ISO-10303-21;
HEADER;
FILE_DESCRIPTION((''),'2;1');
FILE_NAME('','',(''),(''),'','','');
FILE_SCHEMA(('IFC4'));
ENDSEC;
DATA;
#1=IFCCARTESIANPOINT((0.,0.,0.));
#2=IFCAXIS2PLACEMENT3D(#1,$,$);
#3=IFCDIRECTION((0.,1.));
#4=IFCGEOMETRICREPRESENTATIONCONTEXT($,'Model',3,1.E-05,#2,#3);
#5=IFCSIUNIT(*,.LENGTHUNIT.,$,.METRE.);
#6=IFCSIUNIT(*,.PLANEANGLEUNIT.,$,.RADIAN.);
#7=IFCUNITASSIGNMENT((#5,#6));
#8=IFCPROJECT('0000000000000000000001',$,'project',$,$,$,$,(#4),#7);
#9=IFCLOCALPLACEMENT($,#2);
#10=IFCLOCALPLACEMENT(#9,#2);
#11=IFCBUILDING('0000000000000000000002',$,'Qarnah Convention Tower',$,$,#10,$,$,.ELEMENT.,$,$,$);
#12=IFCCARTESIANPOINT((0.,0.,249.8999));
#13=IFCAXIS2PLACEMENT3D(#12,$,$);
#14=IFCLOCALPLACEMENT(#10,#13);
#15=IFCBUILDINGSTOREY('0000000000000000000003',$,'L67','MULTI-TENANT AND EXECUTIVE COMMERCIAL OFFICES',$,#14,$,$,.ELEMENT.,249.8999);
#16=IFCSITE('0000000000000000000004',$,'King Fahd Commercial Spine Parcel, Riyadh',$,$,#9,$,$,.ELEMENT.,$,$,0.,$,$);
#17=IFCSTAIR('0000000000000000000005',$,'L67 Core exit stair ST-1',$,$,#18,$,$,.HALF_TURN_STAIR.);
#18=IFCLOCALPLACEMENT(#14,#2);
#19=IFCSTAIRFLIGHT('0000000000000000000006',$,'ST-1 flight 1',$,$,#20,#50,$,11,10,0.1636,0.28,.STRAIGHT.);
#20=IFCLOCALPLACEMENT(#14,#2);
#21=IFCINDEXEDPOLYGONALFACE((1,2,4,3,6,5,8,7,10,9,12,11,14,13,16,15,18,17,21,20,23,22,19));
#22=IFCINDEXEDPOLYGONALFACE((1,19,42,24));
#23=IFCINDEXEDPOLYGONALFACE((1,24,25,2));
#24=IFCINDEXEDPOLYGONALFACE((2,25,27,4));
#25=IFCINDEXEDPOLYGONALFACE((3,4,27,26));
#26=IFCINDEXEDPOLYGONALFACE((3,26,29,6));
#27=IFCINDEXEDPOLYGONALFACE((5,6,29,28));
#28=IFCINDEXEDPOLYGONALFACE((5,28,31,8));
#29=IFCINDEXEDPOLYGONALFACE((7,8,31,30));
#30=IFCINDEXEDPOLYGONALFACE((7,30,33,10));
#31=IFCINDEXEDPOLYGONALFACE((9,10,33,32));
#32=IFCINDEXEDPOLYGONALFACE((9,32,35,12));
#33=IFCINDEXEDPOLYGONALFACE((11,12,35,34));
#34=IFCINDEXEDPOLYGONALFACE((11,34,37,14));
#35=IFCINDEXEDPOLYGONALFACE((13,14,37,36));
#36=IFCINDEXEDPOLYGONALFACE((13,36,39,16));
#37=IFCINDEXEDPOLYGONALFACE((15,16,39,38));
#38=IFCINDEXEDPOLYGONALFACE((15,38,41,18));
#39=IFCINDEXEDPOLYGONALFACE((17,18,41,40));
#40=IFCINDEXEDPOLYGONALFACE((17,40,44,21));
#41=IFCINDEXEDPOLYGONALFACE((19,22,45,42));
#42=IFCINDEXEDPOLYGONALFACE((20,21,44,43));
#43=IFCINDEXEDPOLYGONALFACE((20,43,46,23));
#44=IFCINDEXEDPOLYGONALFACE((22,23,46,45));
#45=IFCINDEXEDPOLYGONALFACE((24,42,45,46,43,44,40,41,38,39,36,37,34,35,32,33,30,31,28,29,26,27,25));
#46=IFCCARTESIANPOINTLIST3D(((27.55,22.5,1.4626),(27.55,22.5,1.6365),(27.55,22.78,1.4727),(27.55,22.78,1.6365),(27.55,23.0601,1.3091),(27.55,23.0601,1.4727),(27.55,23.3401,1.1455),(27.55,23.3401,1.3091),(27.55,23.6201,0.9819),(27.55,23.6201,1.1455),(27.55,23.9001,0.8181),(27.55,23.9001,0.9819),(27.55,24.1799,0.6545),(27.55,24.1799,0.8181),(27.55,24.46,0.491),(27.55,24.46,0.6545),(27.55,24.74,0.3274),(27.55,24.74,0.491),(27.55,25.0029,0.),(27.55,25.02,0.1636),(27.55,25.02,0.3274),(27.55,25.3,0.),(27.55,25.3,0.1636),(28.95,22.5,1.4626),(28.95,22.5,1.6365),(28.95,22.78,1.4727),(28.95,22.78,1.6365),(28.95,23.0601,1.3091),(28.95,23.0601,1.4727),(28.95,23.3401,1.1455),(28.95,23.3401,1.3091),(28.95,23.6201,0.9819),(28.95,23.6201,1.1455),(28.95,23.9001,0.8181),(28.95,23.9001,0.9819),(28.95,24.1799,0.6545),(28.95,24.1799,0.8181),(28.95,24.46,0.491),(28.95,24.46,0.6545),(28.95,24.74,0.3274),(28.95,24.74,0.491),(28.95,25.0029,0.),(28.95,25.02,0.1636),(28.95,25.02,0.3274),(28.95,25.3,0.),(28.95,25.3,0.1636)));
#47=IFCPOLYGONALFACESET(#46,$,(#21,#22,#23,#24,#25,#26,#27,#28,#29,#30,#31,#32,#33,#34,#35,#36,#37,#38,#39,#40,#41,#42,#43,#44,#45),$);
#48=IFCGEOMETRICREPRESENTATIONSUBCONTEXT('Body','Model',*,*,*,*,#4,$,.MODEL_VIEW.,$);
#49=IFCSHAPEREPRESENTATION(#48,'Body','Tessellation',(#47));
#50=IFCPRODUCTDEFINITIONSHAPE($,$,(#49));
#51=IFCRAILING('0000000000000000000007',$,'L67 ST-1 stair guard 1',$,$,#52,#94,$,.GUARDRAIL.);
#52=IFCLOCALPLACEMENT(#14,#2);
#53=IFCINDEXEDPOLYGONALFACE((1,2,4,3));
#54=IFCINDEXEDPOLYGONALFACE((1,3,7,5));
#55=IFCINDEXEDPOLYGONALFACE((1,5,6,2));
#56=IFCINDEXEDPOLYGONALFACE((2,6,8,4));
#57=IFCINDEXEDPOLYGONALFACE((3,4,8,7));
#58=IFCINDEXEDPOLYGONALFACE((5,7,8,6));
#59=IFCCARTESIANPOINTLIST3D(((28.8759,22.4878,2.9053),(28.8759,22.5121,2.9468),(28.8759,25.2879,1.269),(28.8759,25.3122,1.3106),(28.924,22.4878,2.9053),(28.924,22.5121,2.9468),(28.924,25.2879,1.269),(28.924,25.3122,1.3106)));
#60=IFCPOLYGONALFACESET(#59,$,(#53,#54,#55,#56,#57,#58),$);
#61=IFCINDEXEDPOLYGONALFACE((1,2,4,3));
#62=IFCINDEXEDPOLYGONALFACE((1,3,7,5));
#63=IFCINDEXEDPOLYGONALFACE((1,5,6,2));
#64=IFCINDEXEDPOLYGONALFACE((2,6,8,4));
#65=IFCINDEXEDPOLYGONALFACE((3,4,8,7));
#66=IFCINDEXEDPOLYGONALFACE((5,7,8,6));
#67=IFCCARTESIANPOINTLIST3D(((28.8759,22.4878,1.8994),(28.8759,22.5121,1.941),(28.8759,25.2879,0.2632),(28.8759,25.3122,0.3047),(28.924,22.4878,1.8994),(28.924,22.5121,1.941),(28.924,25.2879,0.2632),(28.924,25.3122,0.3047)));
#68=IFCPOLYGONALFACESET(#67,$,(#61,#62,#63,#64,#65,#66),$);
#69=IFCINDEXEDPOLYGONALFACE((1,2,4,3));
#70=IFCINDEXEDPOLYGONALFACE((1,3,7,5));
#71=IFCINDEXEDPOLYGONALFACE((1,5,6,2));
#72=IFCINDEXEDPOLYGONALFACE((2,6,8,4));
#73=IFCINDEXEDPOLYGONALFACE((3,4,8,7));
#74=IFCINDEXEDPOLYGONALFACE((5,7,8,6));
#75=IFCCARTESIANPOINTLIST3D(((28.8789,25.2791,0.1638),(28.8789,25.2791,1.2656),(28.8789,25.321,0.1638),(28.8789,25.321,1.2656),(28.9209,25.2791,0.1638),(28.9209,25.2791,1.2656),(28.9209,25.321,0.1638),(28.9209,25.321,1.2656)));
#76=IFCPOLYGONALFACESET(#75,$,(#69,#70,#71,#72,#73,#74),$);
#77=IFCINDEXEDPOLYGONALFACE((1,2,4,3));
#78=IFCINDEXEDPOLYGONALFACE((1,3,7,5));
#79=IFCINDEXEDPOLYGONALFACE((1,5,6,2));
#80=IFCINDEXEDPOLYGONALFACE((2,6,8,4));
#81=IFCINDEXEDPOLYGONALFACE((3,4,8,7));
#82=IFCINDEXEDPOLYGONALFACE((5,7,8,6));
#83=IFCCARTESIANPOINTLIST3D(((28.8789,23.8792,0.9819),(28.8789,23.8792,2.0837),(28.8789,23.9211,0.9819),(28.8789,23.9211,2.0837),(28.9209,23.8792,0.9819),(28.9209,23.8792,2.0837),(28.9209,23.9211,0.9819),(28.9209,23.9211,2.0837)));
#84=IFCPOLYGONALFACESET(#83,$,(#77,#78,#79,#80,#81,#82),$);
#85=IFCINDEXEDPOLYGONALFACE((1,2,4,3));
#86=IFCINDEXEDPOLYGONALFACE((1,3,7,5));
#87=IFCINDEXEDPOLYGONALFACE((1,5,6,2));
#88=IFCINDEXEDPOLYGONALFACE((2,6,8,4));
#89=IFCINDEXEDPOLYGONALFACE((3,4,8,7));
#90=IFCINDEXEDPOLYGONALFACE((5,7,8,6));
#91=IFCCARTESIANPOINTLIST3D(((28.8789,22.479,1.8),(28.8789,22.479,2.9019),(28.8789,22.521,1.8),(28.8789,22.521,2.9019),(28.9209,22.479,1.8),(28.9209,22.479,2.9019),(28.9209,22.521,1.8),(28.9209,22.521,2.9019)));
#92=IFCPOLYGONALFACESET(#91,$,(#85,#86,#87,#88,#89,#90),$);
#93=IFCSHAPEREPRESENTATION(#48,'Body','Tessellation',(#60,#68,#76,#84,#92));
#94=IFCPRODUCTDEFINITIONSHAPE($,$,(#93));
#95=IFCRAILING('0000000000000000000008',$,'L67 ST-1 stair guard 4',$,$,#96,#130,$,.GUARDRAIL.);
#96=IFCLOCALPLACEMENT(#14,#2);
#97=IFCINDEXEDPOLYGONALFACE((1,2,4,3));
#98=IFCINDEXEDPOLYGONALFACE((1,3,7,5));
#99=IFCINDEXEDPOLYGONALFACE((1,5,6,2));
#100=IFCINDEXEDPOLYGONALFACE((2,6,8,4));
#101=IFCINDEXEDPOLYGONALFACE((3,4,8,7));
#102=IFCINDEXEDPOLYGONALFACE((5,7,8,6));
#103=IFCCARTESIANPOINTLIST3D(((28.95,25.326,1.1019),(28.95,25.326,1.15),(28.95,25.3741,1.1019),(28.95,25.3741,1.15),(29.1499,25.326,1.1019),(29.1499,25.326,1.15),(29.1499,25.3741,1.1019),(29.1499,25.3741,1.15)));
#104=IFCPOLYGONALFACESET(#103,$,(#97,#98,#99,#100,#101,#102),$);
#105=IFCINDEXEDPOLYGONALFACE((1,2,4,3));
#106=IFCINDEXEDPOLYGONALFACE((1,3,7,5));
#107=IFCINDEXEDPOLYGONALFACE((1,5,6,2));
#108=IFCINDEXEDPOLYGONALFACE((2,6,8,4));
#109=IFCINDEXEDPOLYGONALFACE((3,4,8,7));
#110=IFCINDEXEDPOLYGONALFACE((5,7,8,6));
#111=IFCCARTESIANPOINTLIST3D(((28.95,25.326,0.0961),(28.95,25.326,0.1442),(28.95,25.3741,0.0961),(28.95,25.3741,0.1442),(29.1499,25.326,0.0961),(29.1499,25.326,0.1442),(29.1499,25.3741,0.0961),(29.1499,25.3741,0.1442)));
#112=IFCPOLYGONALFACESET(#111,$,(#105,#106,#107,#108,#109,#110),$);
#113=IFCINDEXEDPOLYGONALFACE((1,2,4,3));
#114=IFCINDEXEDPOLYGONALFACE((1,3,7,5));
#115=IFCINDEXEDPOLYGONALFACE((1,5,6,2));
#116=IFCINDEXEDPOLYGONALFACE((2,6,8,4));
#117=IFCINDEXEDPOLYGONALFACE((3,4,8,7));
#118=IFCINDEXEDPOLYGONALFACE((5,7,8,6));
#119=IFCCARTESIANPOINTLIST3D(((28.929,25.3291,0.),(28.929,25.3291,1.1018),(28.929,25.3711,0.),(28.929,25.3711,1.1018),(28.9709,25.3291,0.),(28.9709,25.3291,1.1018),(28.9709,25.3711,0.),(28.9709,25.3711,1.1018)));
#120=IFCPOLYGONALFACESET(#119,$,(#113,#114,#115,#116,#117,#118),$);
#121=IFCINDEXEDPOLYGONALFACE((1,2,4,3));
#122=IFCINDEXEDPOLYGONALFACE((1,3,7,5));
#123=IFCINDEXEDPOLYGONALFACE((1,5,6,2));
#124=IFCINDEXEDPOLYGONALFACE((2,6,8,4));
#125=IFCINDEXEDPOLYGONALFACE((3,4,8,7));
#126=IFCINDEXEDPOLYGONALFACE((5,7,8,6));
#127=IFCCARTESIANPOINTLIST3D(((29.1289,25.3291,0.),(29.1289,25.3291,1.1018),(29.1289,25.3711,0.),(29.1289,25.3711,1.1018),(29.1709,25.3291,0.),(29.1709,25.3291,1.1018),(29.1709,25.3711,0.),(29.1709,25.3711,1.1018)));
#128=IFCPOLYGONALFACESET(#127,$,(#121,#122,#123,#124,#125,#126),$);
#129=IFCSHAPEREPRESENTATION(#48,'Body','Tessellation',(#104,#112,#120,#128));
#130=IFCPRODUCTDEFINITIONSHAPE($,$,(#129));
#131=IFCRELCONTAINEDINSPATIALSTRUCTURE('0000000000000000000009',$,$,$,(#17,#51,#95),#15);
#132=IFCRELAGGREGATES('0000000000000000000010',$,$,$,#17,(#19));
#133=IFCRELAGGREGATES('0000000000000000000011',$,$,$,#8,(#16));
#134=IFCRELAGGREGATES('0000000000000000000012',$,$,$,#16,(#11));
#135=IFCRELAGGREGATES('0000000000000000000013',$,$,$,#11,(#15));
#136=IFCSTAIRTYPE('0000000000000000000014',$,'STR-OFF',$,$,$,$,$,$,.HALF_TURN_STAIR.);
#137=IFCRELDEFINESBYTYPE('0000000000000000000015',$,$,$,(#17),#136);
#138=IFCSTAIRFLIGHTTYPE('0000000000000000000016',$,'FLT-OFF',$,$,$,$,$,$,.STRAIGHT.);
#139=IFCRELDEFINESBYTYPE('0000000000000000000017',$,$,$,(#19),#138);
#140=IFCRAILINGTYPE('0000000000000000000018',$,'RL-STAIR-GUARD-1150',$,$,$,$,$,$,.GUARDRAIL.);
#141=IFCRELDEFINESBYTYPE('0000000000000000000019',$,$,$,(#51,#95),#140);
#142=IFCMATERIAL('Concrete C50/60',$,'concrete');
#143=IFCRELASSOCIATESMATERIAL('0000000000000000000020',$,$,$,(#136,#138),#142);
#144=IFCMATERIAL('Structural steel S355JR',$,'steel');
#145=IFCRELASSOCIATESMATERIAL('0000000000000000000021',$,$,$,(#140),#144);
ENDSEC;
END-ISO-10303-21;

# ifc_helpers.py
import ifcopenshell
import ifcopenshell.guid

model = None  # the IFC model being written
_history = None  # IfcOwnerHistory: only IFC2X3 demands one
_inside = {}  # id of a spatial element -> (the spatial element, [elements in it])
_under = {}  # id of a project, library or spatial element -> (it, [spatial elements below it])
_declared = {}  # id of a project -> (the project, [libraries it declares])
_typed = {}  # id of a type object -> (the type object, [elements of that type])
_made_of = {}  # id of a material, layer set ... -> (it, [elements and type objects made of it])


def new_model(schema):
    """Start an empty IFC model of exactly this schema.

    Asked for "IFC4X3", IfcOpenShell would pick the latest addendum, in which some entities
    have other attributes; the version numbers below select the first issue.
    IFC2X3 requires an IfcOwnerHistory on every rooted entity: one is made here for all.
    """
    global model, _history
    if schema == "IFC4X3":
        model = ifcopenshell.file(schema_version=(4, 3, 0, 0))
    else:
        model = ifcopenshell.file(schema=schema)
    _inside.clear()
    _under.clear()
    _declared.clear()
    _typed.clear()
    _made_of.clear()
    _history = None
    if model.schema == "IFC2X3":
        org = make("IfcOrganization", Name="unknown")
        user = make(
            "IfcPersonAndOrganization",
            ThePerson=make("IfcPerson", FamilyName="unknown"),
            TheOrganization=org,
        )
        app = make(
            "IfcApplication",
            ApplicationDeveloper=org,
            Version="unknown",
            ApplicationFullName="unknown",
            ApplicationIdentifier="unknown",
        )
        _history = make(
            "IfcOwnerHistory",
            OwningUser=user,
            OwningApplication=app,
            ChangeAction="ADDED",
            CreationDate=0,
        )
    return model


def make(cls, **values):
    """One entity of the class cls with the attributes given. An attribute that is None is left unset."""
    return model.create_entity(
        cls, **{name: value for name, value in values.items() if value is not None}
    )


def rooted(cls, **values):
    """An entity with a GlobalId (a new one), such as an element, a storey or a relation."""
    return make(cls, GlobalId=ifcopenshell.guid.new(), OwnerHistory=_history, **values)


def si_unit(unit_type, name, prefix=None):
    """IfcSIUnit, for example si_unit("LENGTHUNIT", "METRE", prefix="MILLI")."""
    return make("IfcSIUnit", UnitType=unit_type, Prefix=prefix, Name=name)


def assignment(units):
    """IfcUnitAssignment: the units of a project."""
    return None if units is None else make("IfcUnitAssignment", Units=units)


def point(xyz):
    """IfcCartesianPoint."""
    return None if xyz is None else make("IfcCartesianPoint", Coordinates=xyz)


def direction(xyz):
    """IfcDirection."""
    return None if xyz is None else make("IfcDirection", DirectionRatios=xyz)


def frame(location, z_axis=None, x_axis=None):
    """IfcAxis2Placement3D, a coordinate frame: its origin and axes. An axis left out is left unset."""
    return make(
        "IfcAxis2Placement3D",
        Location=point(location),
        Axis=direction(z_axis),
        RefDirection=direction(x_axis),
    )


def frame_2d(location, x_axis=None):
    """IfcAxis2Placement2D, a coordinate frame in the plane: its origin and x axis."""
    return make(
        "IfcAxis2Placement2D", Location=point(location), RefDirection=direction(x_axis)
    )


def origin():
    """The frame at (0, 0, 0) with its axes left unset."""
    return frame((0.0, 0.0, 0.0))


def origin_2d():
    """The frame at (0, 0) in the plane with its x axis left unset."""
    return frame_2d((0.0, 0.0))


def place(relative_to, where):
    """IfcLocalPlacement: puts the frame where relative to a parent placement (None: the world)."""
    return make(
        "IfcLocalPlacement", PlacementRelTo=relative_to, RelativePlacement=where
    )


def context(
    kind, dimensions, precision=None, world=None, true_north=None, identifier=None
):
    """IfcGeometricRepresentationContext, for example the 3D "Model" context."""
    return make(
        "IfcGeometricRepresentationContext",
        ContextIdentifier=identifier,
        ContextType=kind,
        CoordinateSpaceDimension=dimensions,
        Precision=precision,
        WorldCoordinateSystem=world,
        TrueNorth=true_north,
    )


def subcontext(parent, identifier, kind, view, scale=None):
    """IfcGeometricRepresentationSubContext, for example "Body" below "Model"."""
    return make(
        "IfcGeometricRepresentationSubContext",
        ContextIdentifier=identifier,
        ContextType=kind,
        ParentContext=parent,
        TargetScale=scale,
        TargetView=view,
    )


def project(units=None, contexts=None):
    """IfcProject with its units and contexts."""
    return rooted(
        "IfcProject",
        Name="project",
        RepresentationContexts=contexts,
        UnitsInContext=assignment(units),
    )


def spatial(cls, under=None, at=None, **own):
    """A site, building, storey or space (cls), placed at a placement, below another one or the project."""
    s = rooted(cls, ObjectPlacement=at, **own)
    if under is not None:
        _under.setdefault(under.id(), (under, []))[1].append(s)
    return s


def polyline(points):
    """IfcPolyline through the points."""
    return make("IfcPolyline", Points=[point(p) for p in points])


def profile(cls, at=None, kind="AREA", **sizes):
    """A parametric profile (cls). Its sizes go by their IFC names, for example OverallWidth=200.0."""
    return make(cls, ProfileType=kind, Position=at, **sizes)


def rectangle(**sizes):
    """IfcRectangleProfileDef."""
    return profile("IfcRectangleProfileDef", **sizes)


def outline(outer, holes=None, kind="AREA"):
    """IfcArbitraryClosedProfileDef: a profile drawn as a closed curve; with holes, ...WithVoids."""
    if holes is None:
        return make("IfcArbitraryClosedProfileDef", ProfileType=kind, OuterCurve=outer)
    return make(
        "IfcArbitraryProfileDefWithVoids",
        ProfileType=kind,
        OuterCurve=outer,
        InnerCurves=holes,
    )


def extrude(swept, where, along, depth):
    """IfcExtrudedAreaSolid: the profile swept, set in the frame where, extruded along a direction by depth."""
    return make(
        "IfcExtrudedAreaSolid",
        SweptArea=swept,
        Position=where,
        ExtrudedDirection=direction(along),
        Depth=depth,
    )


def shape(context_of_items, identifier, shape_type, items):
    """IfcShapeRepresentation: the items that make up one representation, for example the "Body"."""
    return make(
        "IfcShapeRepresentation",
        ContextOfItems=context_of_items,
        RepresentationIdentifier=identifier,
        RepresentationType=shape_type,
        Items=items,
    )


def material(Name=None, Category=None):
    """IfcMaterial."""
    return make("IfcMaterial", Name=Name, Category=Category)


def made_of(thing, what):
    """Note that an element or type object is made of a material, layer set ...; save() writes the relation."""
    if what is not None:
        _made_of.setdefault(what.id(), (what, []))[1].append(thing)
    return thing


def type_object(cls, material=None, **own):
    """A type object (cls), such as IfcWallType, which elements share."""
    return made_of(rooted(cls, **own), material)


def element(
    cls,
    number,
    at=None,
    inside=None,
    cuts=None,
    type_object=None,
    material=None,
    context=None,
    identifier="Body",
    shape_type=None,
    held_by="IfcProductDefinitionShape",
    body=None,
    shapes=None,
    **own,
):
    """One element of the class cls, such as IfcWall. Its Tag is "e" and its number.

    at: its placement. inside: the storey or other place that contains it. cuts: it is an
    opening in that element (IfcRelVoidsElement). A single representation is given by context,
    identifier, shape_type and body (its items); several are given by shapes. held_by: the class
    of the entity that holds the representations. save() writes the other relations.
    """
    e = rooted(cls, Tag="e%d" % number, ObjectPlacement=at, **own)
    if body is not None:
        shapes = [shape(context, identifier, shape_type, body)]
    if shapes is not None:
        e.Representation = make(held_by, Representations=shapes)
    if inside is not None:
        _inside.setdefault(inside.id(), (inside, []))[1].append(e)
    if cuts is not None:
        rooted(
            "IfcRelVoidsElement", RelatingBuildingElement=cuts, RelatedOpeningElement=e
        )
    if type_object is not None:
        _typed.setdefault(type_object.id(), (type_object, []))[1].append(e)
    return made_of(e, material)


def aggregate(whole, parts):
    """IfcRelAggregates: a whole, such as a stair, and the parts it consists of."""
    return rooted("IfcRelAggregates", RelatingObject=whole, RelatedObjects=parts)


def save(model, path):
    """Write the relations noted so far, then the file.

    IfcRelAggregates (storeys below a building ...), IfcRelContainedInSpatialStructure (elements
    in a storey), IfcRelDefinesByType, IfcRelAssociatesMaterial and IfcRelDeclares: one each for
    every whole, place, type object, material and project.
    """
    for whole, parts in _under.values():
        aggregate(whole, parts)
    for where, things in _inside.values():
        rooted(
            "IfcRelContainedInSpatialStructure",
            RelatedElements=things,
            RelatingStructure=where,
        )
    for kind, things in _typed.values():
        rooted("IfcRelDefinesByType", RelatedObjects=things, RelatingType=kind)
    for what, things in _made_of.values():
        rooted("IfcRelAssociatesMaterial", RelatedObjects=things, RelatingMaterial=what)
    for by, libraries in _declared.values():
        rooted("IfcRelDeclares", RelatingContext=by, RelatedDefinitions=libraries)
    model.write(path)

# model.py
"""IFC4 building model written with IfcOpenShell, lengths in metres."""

from ifc_helpers import new_model, si_unit, direction, frame, origin, origin_2d, place, context, subcontext, project, spatial, polyline, rectangle, outline, extrude, material, type_object, element, aggregate, save


model = new_model("IFC4")

# Units and contexts
model_context = context("Model", 3, precision=1e-05, world=origin(), true_north=direction((0.0, 1.0)))
body_context = subcontext(model_context, "Body", "Model", "MODEL_VIEW")
ifc_project = project(units=[si_unit("LENGTHUNIT", "METRE"), si_unit("PLANEANGLEUNIT", "RADIAN")], contexts=[model_context])

# Site, building, storey
site_placement = place(None, origin())
site = spatial("IfcSite", under=ifc_project, at=site_placement, Name="King Fahd Commercial Spine Parcel, Riyadh", CompositionType="ELEMENT", RefElevation=0.0)
building_placement = place(site_placement, origin())
building = spatial("IfcBuilding", under=site, at=building_placement, Name="Qarnah Convention Tower", CompositionType="ELEMENT")
storey_placement = place(building_placement, frame((0.0, 0.0, 249.8999)))
storey = spatial("IfcBuildingStorey", under=building, at=storey_placement, Name="L67", Description="MULTI-TENANT AND EXECUTIVE COMMERCIAL OFFICES", CompositionType="ELEMENT", Elevation=249.8999)

# Shared definitions
ifc_material_1 = material(Name="Concrete C50/60", Category="concrete")

# Shared definitions
ifc_material_2 = material(Name="Structural steel S355JR", Category="steel")

# Stair, stair flight
stair_type = type_object("IfcStairType", Name="STR-OFF", PredefinedType="HALF_TURN_STAIR", material=ifc_material_1)
stair_placement = place(storey_placement, origin())
stair = element("IfcStair", 1, at=stair_placement, inside=storey, type_object=stair_type, Name="L67 Core exit stair ST-1", PredefinedType="HALF_TURN_STAIR")
stair_flight_type = type_object("IfcStairFlightType", Name="FLT-OFF", PredefinedType="STRAIGHT", material=ifc_material_1)
stair_flight_placement = place(storey_placement, frame((28.25, 25.3, 0.0), z_axis=(0.0, 0.0, 1.0), x_axis=(0.0, -1.0, 0.0)))
stair_flight = element("IfcStairFlight", 2, at=stair_flight_placement, type_object=stair_flight_type, Name="ST-1 flight 1", NumberOfRisers=11, NumberOfTreads=10, PredefinedType="STRAIGHT", RiserHeight=0.1636, TreadLength=0.28, context=body_context, shape_type="SweptSolid", body=[
    extrude(outline(polyline([(0.0, 0.0), (0.0, 0.1636), (0.28, 0.1636), (0.28, 0.3274), (0.5601, 0.3274), (0.5601, 0.491), (0.8401, 0.491), (0.8401, 0.6545), (1.1201, 0.6545), (1.1201, 0.8181), (1.3999, 0.8181), (1.3999, 0.9819), (1.6799, 0.9819), (1.6799, 1.1455), (1.96, 1.1455), (1.96, 1.3091), (2.24, 1.3091), (2.24, 1.4727), (2.52, 1.4727), (2.52, 1.6365), (2.8, 1.6365), (2.8, 1.8), (2.8, 1.4626), (0.2971, 0.0), (0.0, 0.0)])), frame((0.0, 0.7, 0.0), z_axis=(0.0, -1.0, 0.0), x_axis=(1.0, 0.0, 0.0)), (0.0, 0.0, 1.0), 1.3999),
])
aggregate(stair, [stair_flight])

# Railings
railing_type = type_object("IfcRailingType", Name="RL-STAIR-GUARD-1150", PredefinedType="GUARDRAIL", material=ifc_material_2)
railing_1_placement = place(storey_placement, frame((28.8999, 25.3, 0.1638)))
element("IfcRailing", 3, at=railing_1_placement, inside=storey, type_object=railing_type, Name="L67 ST-1 stair guard 1", PredefinedType="GUARDRAIL", context=body_context, shape_type="SweptSolid", body=[
    extrude(rectangle(XDim=0.0481, YDim=0.0481, at=origin_2d()), frame((0.0, 0.0, 1.126), z_axis=(0.0, -0.863394, 0.504531), x_axis=(1.0, 0.0, 0.0)), (0.0, 0.0, 1.0), 3.2432),
    extrude(rectangle(XDim=0.0481, YDim=0.0481, at=origin_2d()), frame((0.0, 0.0, 0.1201), z_axis=(0.0, -0.863394, 0.504531), x_axis=(1.0, 0.0, 0.0)), (0.0, 0.0, 1.0), 3.2432),
    extrude(rectangle(XDim=0.042, YDim=0.042, at=origin_2d()), origin(), (0.0, 0.0, 1.0), 1.1018),
    extrude(rectangle(XDim=0.042, YDim=0.042, at=origin_2d()), frame((0.0, -1.3999, 0.8181)), (0.0, 0.0, 1.0), 1.1018),
    extrude(rectangle(XDim=0.042, YDim=0.042, at=origin_2d()), frame((0.0, -2.8, 1.6362)), (0.0, 0.0, 1.0), 1.1018),
])
railing_2_placement = place(storey_placement, frame((28.95, 25.3501, 0.0)))
element("IfcRailing", 4, at=railing_2_placement, inside=storey, type_object=railing_type, Name="L67 ST-1 stair guard 4", PredefinedType="GUARDRAIL", context=body_context, shape_type="SweptSolid", body=[
    extrude(rectangle(XDim=0.0481, YDim=0.0481, at=origin_2d()), frame((0.0, 0.0, 1.126), z_axis=(1.0, 0.0, 0.0), x_axis=(0.0, 1.0, 0.0)), (0.0, 0.0, 1.0), 0.2),
    extrude(rectangle(XDim=0.0481, YDim=0.0481, at=origin_2d()), frame((0.0, 0.0, 0.1201), z_axis=(1.0, 0.0, 0.0), x_axis=(0.0, 1.0, 0.0)), (0.0, 0.0, 1.0), 0.2),
    extrude(rectangle(XDim=0.042, YDim=0.042, at=origin_2d()), origin(), (0.0, 0.0, 1.0), 1.1018),
    extrude(rectangle(XDim=0.042, YDim=0.042, at=origin_2d()), frame((0.2, 0.0, 0.0)), (0.0, 0.0, 1.0), 1.1018),
])

save(model, "model.ifc")
